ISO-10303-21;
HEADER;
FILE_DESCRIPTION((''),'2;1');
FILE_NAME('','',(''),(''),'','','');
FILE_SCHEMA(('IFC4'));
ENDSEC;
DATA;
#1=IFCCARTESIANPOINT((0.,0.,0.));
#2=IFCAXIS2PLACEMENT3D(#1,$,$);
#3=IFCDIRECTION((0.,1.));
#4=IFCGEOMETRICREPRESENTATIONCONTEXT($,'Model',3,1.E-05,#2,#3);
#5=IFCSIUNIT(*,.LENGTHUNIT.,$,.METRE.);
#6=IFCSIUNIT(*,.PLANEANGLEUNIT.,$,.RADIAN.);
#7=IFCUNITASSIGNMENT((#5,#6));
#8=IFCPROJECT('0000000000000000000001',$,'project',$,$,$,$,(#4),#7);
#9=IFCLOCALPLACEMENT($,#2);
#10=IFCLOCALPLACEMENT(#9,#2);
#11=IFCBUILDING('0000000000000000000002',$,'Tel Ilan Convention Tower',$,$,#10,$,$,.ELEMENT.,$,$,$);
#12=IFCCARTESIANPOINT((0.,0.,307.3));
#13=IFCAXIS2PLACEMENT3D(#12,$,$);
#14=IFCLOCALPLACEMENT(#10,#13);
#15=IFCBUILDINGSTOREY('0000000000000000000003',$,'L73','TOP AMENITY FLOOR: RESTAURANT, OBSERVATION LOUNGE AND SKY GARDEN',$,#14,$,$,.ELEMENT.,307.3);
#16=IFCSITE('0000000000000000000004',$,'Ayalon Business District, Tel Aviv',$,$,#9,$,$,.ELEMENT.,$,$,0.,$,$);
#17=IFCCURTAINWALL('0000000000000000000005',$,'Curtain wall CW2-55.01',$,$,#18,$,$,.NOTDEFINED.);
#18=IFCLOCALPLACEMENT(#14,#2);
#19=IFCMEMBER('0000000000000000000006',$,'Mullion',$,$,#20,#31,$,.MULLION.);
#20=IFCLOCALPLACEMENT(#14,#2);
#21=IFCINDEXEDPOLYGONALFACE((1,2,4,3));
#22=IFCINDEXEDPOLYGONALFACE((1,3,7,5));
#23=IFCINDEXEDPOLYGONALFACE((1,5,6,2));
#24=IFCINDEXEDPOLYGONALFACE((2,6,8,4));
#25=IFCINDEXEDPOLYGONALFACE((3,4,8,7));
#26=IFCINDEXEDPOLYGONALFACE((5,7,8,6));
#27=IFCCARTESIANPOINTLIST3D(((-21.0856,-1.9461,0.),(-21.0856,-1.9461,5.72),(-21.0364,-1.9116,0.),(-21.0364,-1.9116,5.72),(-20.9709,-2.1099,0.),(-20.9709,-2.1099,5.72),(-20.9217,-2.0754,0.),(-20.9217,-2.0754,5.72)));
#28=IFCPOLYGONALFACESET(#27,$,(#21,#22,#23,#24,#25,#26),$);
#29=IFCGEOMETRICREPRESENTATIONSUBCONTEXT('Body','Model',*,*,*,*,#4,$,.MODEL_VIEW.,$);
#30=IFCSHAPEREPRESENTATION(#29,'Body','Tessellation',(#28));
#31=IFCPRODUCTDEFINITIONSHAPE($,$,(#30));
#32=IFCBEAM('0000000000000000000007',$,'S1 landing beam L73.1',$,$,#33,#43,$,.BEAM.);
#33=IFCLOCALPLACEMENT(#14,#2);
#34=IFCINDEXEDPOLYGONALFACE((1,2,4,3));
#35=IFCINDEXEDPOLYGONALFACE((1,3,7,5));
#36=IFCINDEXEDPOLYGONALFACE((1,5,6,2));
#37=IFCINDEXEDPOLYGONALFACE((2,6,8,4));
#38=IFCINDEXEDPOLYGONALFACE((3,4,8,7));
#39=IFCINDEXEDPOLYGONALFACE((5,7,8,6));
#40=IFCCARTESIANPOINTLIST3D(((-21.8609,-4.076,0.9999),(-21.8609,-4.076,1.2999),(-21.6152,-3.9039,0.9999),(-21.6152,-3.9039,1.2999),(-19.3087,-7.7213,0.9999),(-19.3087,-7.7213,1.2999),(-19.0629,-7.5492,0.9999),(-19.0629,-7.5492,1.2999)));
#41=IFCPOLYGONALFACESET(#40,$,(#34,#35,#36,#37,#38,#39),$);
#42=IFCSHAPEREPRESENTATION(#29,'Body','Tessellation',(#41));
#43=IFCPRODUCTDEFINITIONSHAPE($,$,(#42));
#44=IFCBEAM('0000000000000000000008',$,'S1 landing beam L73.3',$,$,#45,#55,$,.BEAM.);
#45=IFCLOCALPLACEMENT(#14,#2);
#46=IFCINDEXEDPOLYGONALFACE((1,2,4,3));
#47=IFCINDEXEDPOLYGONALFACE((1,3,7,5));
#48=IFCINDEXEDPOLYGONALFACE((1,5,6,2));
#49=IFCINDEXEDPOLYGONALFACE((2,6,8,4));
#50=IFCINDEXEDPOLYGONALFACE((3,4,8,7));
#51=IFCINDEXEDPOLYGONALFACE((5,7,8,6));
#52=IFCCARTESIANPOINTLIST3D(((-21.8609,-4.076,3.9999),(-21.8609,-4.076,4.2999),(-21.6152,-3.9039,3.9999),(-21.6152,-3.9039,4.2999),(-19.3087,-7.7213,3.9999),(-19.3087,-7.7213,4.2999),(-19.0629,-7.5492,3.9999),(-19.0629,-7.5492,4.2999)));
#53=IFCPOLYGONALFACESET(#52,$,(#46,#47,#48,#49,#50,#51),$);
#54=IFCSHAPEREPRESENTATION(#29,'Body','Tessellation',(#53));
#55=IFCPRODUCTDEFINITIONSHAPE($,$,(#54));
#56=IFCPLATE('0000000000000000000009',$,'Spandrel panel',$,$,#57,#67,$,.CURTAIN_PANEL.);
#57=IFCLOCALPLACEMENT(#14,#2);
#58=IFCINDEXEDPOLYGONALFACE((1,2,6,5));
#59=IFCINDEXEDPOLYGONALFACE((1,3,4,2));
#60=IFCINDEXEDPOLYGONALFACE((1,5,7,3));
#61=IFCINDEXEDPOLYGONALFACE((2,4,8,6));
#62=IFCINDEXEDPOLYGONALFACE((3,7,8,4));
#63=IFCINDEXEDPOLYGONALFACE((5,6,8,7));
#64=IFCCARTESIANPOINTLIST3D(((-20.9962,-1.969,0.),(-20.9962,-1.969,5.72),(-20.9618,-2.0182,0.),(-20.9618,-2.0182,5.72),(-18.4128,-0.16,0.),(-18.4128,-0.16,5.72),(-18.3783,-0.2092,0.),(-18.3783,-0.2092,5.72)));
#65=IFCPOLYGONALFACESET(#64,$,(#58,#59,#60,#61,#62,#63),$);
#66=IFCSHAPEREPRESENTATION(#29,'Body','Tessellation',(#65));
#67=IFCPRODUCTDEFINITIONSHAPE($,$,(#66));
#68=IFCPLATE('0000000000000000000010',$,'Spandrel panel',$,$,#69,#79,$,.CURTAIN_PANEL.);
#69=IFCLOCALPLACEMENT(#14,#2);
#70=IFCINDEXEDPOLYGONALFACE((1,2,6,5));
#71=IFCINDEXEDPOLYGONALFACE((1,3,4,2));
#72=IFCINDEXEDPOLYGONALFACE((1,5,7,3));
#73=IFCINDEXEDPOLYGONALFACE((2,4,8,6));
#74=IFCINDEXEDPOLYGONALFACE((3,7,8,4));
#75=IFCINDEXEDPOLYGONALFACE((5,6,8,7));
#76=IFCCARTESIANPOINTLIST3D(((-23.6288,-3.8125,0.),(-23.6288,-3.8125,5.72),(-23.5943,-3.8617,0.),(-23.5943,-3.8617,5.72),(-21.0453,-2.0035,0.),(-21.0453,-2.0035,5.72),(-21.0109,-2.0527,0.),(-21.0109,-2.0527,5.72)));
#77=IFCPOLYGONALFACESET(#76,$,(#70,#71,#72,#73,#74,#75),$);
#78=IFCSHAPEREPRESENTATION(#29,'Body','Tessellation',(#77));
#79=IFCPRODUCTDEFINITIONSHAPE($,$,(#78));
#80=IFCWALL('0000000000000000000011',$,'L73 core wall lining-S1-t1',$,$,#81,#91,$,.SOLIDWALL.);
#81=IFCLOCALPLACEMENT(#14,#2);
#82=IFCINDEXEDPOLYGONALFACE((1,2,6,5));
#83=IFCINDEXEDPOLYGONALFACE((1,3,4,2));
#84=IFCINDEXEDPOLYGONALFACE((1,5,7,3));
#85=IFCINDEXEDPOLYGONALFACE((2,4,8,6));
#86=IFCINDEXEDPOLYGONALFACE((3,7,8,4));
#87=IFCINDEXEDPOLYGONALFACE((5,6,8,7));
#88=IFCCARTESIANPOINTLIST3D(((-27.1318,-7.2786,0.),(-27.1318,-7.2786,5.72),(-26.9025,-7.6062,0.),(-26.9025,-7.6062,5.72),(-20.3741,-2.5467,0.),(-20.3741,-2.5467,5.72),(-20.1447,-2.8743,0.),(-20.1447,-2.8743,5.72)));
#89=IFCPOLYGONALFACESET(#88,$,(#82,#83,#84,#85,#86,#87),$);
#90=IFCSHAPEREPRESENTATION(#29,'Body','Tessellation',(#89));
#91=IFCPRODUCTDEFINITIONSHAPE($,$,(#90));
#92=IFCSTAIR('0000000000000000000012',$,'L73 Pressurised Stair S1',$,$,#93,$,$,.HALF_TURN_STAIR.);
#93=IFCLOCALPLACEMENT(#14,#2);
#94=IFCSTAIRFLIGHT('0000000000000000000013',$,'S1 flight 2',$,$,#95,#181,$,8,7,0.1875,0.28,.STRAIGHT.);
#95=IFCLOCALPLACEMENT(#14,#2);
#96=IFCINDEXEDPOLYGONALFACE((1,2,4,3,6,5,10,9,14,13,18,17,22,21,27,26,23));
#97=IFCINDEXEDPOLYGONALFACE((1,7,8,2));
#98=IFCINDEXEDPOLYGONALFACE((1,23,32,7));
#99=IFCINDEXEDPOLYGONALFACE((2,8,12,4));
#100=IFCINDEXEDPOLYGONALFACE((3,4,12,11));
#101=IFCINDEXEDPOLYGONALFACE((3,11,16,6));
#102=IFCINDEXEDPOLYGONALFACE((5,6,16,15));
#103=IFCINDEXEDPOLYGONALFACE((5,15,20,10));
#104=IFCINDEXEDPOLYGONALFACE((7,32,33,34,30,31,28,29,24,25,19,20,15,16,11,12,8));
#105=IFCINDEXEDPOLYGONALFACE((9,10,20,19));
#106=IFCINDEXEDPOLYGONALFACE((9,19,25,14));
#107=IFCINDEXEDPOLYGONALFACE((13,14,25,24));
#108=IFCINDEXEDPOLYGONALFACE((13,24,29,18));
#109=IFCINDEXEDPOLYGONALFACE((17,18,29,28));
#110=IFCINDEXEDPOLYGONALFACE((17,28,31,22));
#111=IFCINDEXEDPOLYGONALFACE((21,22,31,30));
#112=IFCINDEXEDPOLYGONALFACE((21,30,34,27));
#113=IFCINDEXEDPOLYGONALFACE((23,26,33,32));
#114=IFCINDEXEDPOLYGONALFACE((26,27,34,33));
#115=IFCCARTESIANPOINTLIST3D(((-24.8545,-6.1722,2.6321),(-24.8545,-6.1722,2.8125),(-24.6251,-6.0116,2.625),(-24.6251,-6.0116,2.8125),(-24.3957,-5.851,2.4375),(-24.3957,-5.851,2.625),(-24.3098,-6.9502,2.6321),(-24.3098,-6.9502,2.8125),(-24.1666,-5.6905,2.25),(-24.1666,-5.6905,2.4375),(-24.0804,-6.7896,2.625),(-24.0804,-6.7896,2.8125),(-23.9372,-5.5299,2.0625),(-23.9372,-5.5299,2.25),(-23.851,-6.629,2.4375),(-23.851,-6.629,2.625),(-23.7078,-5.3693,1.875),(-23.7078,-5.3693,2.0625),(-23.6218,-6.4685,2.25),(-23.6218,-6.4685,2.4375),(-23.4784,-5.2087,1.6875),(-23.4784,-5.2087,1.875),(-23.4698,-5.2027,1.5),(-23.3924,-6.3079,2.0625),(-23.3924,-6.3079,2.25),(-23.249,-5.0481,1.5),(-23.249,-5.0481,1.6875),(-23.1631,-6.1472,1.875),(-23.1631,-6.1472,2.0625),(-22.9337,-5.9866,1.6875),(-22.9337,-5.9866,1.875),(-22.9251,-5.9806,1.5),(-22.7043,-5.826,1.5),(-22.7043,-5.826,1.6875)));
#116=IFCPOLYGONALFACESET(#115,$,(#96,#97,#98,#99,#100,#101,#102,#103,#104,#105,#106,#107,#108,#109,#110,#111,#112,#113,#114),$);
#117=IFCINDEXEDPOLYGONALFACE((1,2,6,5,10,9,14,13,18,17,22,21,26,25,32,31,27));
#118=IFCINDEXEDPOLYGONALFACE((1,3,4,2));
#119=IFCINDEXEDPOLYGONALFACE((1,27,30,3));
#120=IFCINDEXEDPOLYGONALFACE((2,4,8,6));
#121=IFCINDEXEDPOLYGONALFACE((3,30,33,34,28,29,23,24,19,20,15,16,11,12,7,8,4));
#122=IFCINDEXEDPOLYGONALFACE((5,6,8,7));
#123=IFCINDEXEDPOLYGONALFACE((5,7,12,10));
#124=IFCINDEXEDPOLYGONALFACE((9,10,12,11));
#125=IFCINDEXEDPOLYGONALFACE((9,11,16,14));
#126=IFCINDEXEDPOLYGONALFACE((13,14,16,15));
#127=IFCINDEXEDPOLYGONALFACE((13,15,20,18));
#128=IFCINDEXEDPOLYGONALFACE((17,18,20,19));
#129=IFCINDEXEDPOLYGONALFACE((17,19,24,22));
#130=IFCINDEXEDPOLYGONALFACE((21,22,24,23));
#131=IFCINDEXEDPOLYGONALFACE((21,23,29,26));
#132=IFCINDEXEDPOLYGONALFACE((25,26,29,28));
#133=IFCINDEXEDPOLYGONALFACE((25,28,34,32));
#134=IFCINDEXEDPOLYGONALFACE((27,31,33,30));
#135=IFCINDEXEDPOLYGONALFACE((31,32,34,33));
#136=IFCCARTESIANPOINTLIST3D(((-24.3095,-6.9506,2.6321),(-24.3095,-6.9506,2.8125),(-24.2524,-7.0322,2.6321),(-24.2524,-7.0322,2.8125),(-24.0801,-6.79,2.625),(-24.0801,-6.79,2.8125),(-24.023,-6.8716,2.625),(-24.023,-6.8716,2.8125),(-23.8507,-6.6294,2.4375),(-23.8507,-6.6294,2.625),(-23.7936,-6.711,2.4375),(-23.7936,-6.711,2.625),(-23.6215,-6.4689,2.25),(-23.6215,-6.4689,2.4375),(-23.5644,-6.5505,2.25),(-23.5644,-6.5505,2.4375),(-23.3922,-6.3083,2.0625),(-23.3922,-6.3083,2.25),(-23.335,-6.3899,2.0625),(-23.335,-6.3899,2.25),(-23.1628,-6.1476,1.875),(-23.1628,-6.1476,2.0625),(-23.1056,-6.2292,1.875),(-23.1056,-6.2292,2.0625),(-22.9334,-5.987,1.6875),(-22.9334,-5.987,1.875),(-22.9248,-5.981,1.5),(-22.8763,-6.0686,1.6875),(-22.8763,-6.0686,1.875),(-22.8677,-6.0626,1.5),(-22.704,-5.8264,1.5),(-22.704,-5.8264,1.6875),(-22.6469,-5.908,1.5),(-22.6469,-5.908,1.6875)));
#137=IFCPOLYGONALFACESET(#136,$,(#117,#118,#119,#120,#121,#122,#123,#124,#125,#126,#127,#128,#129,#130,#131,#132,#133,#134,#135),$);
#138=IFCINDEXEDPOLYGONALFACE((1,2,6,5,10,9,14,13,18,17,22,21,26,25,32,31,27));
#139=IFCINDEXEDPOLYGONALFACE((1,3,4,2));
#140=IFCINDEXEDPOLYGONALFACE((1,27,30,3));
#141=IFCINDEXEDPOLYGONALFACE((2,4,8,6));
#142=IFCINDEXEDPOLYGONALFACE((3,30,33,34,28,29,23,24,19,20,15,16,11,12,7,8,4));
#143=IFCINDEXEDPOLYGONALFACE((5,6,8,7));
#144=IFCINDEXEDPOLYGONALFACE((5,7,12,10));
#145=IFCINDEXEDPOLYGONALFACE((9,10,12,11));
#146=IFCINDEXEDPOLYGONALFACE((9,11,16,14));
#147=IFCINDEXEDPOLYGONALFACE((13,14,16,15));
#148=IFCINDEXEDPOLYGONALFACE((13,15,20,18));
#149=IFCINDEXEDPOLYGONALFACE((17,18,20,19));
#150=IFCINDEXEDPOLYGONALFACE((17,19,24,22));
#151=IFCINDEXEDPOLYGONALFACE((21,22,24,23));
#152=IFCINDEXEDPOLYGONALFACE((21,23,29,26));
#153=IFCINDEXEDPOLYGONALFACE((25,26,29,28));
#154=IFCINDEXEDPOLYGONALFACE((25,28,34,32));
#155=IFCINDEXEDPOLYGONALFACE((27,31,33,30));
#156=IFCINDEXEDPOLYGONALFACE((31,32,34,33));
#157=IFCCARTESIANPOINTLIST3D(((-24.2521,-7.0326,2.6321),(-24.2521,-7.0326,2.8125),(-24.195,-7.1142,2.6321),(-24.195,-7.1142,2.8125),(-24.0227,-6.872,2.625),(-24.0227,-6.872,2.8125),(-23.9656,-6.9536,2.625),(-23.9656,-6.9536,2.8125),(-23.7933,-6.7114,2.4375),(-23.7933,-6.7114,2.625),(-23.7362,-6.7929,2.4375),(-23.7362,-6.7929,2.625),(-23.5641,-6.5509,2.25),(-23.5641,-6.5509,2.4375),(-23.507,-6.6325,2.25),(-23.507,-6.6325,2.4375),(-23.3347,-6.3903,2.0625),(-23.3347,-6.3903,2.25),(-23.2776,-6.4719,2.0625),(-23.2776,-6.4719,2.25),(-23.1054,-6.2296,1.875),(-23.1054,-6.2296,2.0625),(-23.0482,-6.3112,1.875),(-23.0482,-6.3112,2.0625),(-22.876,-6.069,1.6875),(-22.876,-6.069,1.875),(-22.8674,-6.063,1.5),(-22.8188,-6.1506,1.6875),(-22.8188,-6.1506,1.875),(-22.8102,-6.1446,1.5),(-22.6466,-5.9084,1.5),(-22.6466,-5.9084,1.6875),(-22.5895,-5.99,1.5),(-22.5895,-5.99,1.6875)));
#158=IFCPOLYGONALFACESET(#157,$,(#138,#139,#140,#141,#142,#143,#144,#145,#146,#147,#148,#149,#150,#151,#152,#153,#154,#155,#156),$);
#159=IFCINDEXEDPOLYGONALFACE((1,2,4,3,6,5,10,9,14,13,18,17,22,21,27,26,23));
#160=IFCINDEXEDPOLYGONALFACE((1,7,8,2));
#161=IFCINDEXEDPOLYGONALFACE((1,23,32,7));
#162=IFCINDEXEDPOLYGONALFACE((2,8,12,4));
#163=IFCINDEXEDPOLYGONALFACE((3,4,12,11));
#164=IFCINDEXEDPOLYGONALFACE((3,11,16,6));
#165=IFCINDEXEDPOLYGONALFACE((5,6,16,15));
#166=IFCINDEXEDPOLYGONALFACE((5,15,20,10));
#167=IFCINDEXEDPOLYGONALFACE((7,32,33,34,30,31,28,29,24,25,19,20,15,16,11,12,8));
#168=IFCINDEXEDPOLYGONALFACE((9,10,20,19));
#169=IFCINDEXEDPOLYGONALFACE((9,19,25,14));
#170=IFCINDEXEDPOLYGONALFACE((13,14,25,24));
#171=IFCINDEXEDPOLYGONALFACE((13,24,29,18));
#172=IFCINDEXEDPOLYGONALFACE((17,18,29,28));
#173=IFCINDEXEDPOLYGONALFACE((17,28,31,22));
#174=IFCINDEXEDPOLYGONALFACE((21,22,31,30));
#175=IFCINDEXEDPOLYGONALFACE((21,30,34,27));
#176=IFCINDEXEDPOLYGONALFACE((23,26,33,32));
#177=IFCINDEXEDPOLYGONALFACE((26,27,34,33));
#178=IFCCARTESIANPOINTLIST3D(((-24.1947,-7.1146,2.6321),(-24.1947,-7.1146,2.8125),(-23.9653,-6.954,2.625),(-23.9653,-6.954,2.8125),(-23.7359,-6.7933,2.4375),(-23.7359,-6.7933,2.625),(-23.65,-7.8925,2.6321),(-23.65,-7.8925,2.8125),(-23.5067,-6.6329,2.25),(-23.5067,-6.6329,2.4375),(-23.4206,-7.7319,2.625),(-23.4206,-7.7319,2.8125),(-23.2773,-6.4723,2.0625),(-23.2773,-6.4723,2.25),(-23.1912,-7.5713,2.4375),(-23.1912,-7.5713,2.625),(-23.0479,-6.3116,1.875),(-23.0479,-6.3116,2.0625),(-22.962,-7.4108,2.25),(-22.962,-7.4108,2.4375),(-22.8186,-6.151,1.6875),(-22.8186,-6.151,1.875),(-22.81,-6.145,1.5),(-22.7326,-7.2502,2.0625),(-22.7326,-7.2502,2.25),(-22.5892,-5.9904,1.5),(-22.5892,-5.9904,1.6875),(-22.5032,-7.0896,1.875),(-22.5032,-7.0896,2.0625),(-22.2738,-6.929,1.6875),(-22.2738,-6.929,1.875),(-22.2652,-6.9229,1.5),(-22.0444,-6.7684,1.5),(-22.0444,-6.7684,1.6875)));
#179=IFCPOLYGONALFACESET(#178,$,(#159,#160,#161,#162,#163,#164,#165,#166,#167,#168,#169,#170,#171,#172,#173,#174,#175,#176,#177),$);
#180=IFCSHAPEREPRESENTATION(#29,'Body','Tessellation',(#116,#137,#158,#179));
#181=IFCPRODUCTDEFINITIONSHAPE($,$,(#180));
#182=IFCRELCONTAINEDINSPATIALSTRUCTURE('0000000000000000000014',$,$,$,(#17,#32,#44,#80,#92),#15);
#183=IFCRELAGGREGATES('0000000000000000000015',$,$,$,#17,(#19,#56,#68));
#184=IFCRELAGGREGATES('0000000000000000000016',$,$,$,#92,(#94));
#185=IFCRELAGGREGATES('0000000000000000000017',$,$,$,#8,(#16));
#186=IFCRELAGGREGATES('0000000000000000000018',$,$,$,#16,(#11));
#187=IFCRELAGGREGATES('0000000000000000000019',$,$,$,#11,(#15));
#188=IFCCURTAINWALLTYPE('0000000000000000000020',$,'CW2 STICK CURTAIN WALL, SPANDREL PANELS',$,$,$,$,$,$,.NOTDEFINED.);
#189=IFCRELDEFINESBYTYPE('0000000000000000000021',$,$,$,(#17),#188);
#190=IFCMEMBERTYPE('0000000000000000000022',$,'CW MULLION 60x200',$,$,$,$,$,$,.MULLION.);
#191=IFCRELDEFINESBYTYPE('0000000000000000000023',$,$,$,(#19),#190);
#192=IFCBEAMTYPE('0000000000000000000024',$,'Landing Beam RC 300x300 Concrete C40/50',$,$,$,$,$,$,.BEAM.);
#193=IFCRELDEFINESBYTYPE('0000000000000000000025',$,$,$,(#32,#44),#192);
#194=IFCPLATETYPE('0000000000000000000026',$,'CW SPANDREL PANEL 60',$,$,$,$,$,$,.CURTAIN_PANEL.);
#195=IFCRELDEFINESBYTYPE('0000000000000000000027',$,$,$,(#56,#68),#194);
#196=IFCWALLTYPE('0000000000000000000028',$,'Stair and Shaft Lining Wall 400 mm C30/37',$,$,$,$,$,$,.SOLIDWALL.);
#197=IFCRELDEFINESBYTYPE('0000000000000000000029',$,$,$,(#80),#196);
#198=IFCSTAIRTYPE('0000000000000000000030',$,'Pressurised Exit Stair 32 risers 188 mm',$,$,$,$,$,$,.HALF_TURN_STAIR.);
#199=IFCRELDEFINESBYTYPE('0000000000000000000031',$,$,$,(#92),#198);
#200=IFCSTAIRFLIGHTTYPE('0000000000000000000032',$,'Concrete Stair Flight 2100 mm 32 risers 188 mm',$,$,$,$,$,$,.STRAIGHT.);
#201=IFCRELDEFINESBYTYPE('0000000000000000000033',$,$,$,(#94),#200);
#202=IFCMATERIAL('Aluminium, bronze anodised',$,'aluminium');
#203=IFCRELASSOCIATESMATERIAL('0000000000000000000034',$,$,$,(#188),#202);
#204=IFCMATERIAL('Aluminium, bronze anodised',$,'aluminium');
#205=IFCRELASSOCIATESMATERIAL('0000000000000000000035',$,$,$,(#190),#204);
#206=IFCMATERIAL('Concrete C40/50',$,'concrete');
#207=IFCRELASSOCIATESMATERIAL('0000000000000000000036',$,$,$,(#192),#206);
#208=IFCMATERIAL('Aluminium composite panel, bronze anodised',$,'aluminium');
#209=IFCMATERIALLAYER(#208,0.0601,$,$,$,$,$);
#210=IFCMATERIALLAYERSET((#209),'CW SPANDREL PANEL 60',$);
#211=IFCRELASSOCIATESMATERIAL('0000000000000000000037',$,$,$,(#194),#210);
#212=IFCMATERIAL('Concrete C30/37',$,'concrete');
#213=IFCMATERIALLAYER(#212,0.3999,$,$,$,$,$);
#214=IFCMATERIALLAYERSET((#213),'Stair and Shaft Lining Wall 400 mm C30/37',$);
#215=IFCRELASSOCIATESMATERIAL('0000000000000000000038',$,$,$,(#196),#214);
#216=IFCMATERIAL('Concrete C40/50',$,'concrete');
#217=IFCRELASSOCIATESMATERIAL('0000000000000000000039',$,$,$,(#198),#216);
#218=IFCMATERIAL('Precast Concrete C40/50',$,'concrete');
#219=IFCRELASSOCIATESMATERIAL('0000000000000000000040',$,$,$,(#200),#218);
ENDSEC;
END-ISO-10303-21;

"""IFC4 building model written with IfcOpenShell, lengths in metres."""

from ifc_helpers import new_model, si_unit, direction, frame, frame_2d, origin, origin_2d, place, context, subcontext, project, spatial, polyline, rectangle, outline, extrude, material, layer, layer_set, material_profile, profile_set, type_object, element, aggregate, save


model = new_model("IFC4")

# Units and contexts
model_context = context("Model", 3, precision=1e-05, world=origin(), true_north=direction((0.0, 1.0)))
body_context = subcontext(model_context, "Body", "Model", "MODEL_VIEW")
ifc_project = project(units=[si_unit("LENGTHUNIT", "METRE"), si_unit("PLANEANGLEUNIT", "RADIAN")], contexts=[model_context])

# Site, building, storey
site_placement = place(None, origin())
site = spatial("IfcSite", under=ifc_project, at=site_placement, Name="Ayalon Business District, Tel Aviv", CompositionType="ELEMENT", RefElevation=0.0)
building_placement = place(site_placement, origin())
building = spatial("IfcBuilding", under=site, at=building_placement, Name="Tel Ilan Convention Tower", CompositionType="ELEMENT")
storey_placement = place(building_placement, frame((0.0, 0.0, 307.3)))
storey = spatial("IfcBuildingStorey", under=building, at=storey_placement, Name="L73", Description="TOP AMENITY FLOOR: RESTAURANT, OBSERVATION LOUNGE AND SKY GARDEN", CompositionType="ELEMENT", Elevation=307.3)

# Curtain wall, member
ifc_material_1 = material(Name="Aluminium, bronze anodised", Category="aluminium")
curtain_wall_type = type_object("IfcCurtainWallType", Name="CW2 STICK CURTAIN WALL, SPANDREL PANELS", PredefinedType="NOTDEFINED", material=ifc_material_1)
curtain_wall_placement = place(storey_placement, origin())
curtain_wall = element("IfcCurtainWall", 1, at=curtain_wall_placement, inside=storey, type_object=curtain_wall_type, Name="Curtain wall CW2-55.01", PredefinedType="NOTDEFINED")
ifc_material_2 = material(Name="Aluminium, bronze anodised", Category="aluminium")
ifc_material_profile_1 = material_profile(ifc_material_2, rectangle(XDim=0.0601, YDim=0.2, at=origin_2d()), Name="CW MULLION 60x200")
ifc_profile_set_1 = profile_set([ifc_material_profile_1], Name="Aluminium, bronze anodised")
member_type = type_object("IfcMemberType", Name="CW MULLION 60x200", PredefinedType="MULLION", material=ifc_profile_set_1)
member_placement = place(storey_placement, frame((-21.0037, -2.0107, 0.0), z_axis=(0.0, 0.0, 1.0), x_axis=(-0.819152, -0.573576, 0.0)))
member = element("IfcMember", 2, at=member_placement, type_object=member_type, Name="Mullion", PredefinedType="MULLION", context=body_context, shape_type="SweptSolid", body=[
    extrude(rectangle(XDim=0.0601, YDim=0.2, at=origin_2d()), origin(), (0.0, 0.0, 1.0), 5.72),
])

# Beams
ifc_material_3 = material(Name="Concrete C40/50", Category="concrete")
ifc_material_profile_2 = material_profile(ifc_material_3, rectangle(XDim=0.3, YDim=0.3, at=origin_2d()), Name="RC 300x300")
ifc_profile_set_2 = profile_set([ifc_material_profile_2], Name="Concrete C40/50")
beam_type = type_object("IfcBeamType", Name="Landing Beam RC 300x300 Concrete C40/50", PredefinedType="BEAM", material=ifc_profile_set_2)
for number, where, z_axis, x_axis, name in (
    (3, (-19.1858, -7.6353, 1.1499), (-0.573547, 0.819173, 0.0), (-0.819173, -0.573547, 0.0), "S1 landing beam L73.1"),
    (4, (-19.1858, -7.6353, 4.1499), (-0.573547, 0.819173, 0.0), (-0.819173, -0.573547, 0.0), "S1 landing beam L73.3"),
):
    element("IfcBeam", number, at=place(storey_placement, frame(where, z_axis=z_axis, x_axis=x_axis)), inside=storey, type_object=beam_type, Name=name, PredefinedType="BEAM", context=body_context, shape_type="SweptSolid", body=[
        extrude(rectangle(XDim=0.3, YDim=0.3, at=origin_2d()), origin(), (0.0, 0.0, 1.0), 4.45),
    ])

# Plates
ifc_material_4 = material(Name="Aluminium composite panel, bronze anodised", Category="aluminium")
ifc_layer_1 = layer(ifc_material_4, 0.0601)
ifc_layer_set_1 = layer_set([ifc_layer_1], Name="CW SPANDREL PANEL 60")
plate_type = type_object("IfcPlateType", Name="CW SPANDREL PANEL 60", PredefinedType="CURTAIN_PANEL", material=ifc_layer_set_1)
plate_1_placement = place(storey_placement, frame((-19.6873, -1.0891, 0.0), z_axis=(0.0, 0.0, 1.0), x_axis=(-0.819152, -0.573576, 0.0)))
plate_1 = element("IfcPlate", 5, at=plate_1_placement, type_object=plate_type, Name="Spandrel panel", PredefinedType="CURTAIN_PANEL", context=body_context, shape_type="SweptSolid", body=[
    extrude(rectangle(XDim=3.1538, YDim=0.0601, at=origin_2d()), origin(), (0.0, 0.0, 1.0), 5.72),
])
plate_2_placement = place(storey_placement, frame((-22.3198, -2.9326, 0.0), z_axis=(0.0, 0.0, 1.0), x_axis=(-0.819152, -0.573576, 0.0)))
plate_2 = element("IfcPlate", 6, at=plate_2_placement, type_object=plate_type, Name="Spandrel panel", PredefinedType="CURTAIN_PANEL", context=body_context, shape_type="SweptSolid", body=[
    extrude(rectangle(XDim=3.1538, YDim=0.0601, at=origin_2d()), origin(), (0.0, 0.0, 1.0), 5.72),
])
aggregate(curtain_wall, [member, plate_1, plate_2])

# Wall
ifc_material_5 = material(Name="Concrete C30/37", Category="concrete")
ifc_layer_2 = layer(ifc_material_5, 0.3999)
ifc_layer_set_2 = layer_set([ifc_layer_2], Name="Stair and Shaft Lining Wall 400 mm C30/37")
wall_type = type_object("IfcWallType", Name="Stair and Shaft Lining Wall 400 mm C30/37", PredefinedType="SOLIDWALL", material=ifc_layer_set_2)
wall_placement = place(storey_placement, frame((-20.2593, -2.7104, 0.0), z_axis=(0.0, 0.0, 1.0), x_axis=(-0.819148, -0.573582, 0.0)))
element("IfcWall", 7, at=wall_placement, inside=storey, type_object=wall_type, Name="L73 core wall lining-S1-t1", PredefinedType="SOLIDWALL", context=body_context, shape_type="SweptSolid", body=[
    extrude(rectangle(XDim=8.2498, YDim=0.3999, at=frame_2d((4.125, 0.0))), origin(), (0.0, 0.0, 1.0), 5.72),
])

# Stair, stair flight
ifc_material_6 = material(Name="Concrete C40/50", Category="concrete")
stair_type = type_object("IfcStairType", Name="Pressurised Exit Stair 32 risers 188 mm", PredefinedType="HALF_TURN_STAIR", material=ifc_material_6)
stair_1_placement = place(storey_placement, origin())
stair_1 = element("IfcStair", 8, at=stair_1_placement, inside=storey, type_object=stair_type, Name="L73 Pressurised Stair S1", PredefinedType="HALF_TURN_STAIR")
ifc_material_7 = material(Name="Precast Concrete C40/50", Category="concrete")
stair_flight_type = type_object("IfcStairFlightType", Name="Concrete Stair Flight 2100 mm 32 risers 188 mm", PredefinedType="STRAIGHT", material=ifc_material_7)
stair_flight_1_placement = place(storey_placement, frame((-22.6467, -5.9082, 1.5), z_axis=(0.0, 0.0, 1.0), x_axis=(-0.819152, -0.573576, 0.0)))
stair_flight_1 = element("IfcStairFlight", 9, at=stair_flight_1_placement, type_object=stair_flight_type, Name="S1 flight 2", NumberOfRisers=8, NumberOfTreads=7, PredefinedType="STRAIGHT", RiserHeight=0.1875, TreadLength=0.28, context=body_context, shape_type="SweptSolid", body=[
    extrude(outline(polyline([(0.0, 0.0), (0.0, 0.1875), (0.28, 0.1875), (0.28, 0.375), (0.5601, 0.375), (0.5601, 0.5625), (0.8401, 0.5625), (0.8401, 0.75), (1.1201, 0.75), (1.1201, 0.9375), (1.3999, 0.9375), (1.3999, 1.125), (1.6799, 1.125), (1.6799, 1.3125), (1.96, 1.3125), (1.96, 1.5), (1.96, 1.1321), (0.2695, 0.0), (0.0, 0.0)])), frame((0.0, -0.1003, 0.0), z_axis=(0.0, -1.0, 0.0), x_axis=(1.0, 0.0, 0.0)), (0.0, 0.0, 1.0), 0.9497),
    extrude(outline(polyline([(0.0, 0.0), (0.0, 0.1875), (0.28, 0.1875), (0.28, 0.375), (0.5601, 0.375), (0.5601, 0.5625), (0.8401, 0.5625), (0.8401, 0.75), (1.1201, 0.75), (1.1201, 0.9375), (1.3999, 0.9375), (1.3999, 1.125), (1.6799, 1.125), (1.6799, 1.3125), (1.96, 1.3125), (1.96, 1.5), (1.96, 1.1321), (0.2695, 0.0), (0.0, 0.0)])), frame((0.0, -0.0002, 0.0), z_axis=(0.0, -1.0, 0.0), x_axis=(1.0, 0.0, 0.0)), (0.0, 0.0, 1.0), 0.0996),
    extrude(outline(polyline([(0.0, 0.0), (0.0, 0.1875), (0.28, 0.1875), (0.28, 0.375), (0.5601, 0.375), (0.5601, 0.5625), (0.8401, 0.5625), (0.8401, 0.75), (1.1201, 0.75), (1.1201, 0.9375), (1.3999, 0.9375), (1.3999, 1.125), (1.6799, 1.125), (1.6799, 1.3125), (1.96, 1.3125), (1.96, 1.5), (1.96, 1.1321), (0.2695, 0.0), (0.0, 0.0)])), frame((0.0, 0.0999, 0.0), z_axis=(0.0, -1.0, 0.0), x_axis=(1.0, 0.0, 0.0)), (0.0, 0.0, 1.0), 0.0996),
    extrude(outline(polyline([(0.0, 0.0), (0.0, 0.1875), (0.28, 0.1875), (0.28, 0.375), (0.5601, 0.375), (0.5601, 0.5625), (0.8401, 0.5625), (0.8401, 0.75), (1.1201, 0.75), (1.1201, 0.9375), (1.3999, 0.9375), (1.3999, 1.125), (1.6799, 1.125), (1.6799, 1.3125), (1.96, 1.3125), (1.96, 1.5), (1.96, 1.1321), (0.2695, 0.0), (0.0, 0.0)])), frame((0.0, 1.05, 0.0), z_axis=(0.0, -1.0, 0.0), x_axis=(1.0, 0.0, 0.0)), (0.0, 0.0, 1.0), 0.9497),
])
aggregate(stair_1, [stair_flight_1])

save(model, "model.ifc")
